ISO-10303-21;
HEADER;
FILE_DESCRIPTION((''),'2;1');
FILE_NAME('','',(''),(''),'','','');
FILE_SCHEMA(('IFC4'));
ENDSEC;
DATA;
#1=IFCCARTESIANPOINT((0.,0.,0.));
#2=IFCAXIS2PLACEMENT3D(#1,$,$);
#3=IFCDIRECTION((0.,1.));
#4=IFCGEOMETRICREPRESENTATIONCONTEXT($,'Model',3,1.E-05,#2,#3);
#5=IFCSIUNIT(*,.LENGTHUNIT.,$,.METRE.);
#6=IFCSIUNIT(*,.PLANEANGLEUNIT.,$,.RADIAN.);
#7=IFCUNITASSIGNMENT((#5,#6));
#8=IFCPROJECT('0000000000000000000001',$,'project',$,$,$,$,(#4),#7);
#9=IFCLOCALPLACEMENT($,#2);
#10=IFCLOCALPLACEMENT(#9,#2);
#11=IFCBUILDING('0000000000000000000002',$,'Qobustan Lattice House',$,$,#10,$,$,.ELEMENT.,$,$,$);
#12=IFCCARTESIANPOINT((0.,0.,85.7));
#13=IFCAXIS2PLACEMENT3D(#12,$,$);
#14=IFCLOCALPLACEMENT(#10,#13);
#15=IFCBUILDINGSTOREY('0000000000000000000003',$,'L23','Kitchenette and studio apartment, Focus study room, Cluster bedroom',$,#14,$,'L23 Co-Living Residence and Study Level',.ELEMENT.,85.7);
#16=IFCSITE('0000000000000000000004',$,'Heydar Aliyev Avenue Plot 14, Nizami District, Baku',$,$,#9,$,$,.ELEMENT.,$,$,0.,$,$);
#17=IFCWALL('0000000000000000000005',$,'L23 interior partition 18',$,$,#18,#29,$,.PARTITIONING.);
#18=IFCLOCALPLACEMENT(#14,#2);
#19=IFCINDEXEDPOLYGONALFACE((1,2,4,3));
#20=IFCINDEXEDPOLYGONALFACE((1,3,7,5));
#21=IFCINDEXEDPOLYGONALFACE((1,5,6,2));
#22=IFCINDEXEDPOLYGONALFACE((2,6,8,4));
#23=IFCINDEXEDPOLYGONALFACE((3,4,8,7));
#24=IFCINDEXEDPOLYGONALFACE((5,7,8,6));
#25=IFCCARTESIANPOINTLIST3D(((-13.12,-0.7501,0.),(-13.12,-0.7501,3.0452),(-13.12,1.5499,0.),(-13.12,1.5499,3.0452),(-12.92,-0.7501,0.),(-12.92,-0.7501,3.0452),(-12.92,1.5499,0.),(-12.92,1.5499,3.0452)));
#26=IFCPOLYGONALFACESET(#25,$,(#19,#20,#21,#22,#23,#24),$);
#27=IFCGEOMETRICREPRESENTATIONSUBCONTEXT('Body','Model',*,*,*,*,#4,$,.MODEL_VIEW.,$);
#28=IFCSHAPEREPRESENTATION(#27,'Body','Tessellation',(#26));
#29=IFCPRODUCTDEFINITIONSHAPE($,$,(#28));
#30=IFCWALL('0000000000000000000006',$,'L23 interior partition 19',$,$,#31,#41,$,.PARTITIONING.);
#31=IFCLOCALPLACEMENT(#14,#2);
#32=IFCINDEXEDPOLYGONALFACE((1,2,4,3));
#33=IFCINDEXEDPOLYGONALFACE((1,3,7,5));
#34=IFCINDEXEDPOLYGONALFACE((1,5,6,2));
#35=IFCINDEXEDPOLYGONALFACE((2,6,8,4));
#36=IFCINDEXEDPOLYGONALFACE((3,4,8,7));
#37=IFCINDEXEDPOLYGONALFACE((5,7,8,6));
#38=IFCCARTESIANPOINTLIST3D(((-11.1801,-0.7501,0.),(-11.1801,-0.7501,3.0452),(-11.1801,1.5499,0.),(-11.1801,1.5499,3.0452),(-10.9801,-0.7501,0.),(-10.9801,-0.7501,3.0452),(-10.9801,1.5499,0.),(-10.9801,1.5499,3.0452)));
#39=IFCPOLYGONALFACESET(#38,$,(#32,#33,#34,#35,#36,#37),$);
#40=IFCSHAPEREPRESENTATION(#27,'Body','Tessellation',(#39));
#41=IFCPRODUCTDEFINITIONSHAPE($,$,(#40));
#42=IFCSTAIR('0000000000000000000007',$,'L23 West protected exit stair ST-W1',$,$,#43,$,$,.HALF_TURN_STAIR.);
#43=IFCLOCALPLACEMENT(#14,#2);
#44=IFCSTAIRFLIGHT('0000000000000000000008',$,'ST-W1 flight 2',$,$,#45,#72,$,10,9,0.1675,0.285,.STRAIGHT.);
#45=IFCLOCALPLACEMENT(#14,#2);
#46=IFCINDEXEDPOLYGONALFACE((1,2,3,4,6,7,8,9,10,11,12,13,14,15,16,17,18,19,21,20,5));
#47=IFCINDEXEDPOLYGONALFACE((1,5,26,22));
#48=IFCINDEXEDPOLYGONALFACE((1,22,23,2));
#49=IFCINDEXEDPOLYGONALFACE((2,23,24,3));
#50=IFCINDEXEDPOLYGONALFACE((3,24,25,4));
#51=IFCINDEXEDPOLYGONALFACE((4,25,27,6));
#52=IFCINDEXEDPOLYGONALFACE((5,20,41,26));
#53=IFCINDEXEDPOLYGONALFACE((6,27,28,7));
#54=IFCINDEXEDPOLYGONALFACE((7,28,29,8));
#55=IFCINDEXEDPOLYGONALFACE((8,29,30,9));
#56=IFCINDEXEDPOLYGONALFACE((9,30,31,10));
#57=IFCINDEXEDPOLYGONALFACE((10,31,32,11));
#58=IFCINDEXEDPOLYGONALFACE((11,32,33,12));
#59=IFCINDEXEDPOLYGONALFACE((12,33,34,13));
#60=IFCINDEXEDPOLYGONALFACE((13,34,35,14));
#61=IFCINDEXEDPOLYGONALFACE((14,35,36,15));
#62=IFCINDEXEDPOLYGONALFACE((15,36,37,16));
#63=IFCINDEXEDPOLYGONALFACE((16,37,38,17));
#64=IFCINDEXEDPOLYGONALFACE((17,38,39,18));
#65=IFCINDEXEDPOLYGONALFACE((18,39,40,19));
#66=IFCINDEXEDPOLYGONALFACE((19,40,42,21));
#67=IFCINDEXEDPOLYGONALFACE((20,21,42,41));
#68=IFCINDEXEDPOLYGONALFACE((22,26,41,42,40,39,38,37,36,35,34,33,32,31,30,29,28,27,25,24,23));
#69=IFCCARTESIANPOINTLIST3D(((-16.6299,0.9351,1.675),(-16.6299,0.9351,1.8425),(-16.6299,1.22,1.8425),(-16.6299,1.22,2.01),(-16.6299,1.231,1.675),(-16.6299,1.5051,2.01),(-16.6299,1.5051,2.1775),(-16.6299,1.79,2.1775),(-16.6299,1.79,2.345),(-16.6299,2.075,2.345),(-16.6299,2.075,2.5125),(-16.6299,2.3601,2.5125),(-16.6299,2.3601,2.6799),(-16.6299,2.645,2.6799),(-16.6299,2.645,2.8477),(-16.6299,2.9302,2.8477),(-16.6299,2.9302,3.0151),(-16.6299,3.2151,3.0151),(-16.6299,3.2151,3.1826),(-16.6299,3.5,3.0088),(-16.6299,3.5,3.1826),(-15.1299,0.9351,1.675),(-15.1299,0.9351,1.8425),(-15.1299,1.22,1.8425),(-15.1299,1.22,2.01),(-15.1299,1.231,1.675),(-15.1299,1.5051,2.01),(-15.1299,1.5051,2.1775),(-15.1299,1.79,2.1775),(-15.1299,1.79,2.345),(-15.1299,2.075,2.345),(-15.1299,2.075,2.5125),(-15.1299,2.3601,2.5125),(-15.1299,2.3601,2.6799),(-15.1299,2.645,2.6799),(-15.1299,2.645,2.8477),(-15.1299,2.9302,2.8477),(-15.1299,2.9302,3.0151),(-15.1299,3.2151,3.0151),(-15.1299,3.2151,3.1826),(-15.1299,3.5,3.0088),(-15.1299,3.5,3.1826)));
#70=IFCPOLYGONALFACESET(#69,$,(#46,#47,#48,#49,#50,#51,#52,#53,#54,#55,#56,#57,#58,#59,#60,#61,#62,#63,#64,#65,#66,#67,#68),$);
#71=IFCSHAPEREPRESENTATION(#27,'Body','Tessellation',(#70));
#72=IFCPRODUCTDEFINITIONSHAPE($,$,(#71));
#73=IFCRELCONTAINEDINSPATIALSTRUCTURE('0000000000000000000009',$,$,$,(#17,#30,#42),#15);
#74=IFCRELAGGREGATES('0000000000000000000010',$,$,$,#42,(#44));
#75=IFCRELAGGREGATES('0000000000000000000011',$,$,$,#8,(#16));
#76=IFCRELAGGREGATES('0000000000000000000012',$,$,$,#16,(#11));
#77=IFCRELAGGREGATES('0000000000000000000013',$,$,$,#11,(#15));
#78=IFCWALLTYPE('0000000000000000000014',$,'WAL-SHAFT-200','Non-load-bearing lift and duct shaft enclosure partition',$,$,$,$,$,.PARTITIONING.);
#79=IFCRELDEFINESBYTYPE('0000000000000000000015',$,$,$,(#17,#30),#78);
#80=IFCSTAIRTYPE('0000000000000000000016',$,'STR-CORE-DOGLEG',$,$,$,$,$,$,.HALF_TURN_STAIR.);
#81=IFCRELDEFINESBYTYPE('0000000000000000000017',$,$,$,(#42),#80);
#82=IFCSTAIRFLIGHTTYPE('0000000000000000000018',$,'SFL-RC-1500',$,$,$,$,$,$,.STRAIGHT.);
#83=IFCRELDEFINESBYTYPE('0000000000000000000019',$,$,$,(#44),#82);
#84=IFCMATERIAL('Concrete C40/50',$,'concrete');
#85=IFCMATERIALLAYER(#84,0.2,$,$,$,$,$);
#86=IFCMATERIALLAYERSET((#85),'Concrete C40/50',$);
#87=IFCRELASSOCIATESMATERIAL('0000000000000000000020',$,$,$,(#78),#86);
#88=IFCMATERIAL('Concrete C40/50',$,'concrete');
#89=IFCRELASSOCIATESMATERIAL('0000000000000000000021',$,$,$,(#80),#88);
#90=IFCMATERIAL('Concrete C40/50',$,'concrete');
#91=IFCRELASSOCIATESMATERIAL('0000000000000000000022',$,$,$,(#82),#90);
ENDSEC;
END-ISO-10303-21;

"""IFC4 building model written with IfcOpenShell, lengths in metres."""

from ifc_helpers import new_model, si_unit, direction, frame, frame_2d, origin, place, context, subcontext, project, spatial, polyline, rectangle, outline, extrude, material, layer, layer_set, type_object, element, aggregate, save


model = new_model("IFC4")

# Units and contexts
model_context = context("Model", 3, precision=1e-05, world=origin(), true_north=direction((0.0, 1.0)))
body_context = subcontext(model_context, "Body", "Model", "MODEL_VIEW")
ifc_project = project(units=[si_unit("LENGTHUNIT", "METRE"), si_unit("PLANEANGLEUNIT", "RADIAN")], contexts=[model_context])

# Site, building, storey
site_placement = place(None, origin())
site = spatial("IfcSite", under=ifc_project, at=site_placement, Name="Heydar Aliyev Avenue Plot 14, Nizami District, Baku", CompositionType="ELEMENT", RefElevation=0.0)
building_placement = place(site_placement, origin())
building = spatial("IfcBuilding", under=site, at=building_placement, Name="Qobustan Lattice House", CompositionType="ELEMENT")
storey_placement = place(building_placement, frame((0.0, 0.0, 85.7)))
storey = spatial("IfcBuildingStorey", under=building, at=storey_placement, Name="L23", Description="Kitchenette and studio apartment, Focus study room, Cluster bedroom", LongName="L23 Co-Living Residence and Study Level", CompositionType="ELEMENT", Elevation=85.7)

# Shared definitions
ifc_material_1 = material(Name="Concrete C40/50", Category="concrete")
ifc_layer_1 = layer(ifc_material_1, 0.2)
ifc_layer_set_1 = layer_set([ifc_layer_1], Name="Concrete C40/50")
wall_type_1 = type_object("IfcWallType", Name="WAL-SHAFT-200", Description="Non-load-bearing lift and duct shaft enclosure partition", PredefinedType="PARTITIONING", material=ifc_layer_set_1)

# Walls
for number, where, z_axis, x_axis, name in (
    (1, (-13.02, -0.75, 0.0), (0.0, 0.0, 1.0), (0.0, 1.0, 0.0), "L23 interior partition 18"),
    (2, (-11.0801, -0.75, 0.0), (0.0, 0.0, 1.0), (0.0, 1.0, 0.0), "L23 interior partition 19"),
):
    element("IfcWall", number, at=place(storey_placement, frame(where, z_axis=z_axis, x_axis=x_axis)), inside=storey, type_object=wall_type_1, Name=name, PredefinedType="PARTITIONING", context=body_context, shape_type="SweptSolid", body=[
        extrude(rectangle(XDim=2.3, YDim=0.2, at=frame_2d((1.1499, 0.0))), origin(), (0.0, 0.0, 1.0), 3.0452),
    ])

# Stair, stair flight
ifc_material_2 = material(Name="Concrete C40/50", Category="concrete")
stair_type = type_object("IfcStairType", Name="STR-CORE-DOGLEG", PredefinedType="HALF_TURN_STAIR", material=ifc_material_2)
stair_placement = place(storey_placement, origin())
stair = element("IfcStair", 3, at=stair_placement, inside=storey, type_object=stair_type, Name="L23 West protected exit stair ST-W1", PredefinedType="HALF_TURN_STAIR")
ifc_material_3 = material(Name="Concrete C40/50", Category="concrete")
stair_flight_type = type_object("IfcStairFlightType", Name="SFL-RC-1500", PredefinedType="STRAIGHT", material=ifc_material_3)
stair_flight_placement = place(storey_placement, frame((-15.8799, 0.9351, 1.675), z_axis=(0.0, 0.0, 1.0), x_axis=(0.0, 1.0, 0.0)))
stair_flight = element("IfcStairFlight", 4, at=stair_flight_placement, type_object=stair_flight_type, Name="ST-W1 flight 2", NumberOfRisers=10, NumberOfTreads=9, PredefinedType="STRAIGHT", RiserHeight=0.1675, TreadLength=0.285, context=body_context, shape_type="SweptSolid", body=[
    extrude(outline(polyline([(0.0, 0.0), (0.0, 0.1675), (0.2849, 0.1675), (0.2849, 0.335), (0.5701, 0.335), (0.5701, 0.5024), (0.855, 0.5024), (0.855, 0.6699), (1.1399, 0.6699), (1.1399, 0.8374), (1.425, 0.8374), (1.425, 1.0049), (1.71, 1.0049), (1.71, 1.1726), (1.9951, 1.1726), (1.9951, 1.3401), (2.28, 1.3401), (2.28, 1.5076), (2.5649, 1.5076), (2.5649, 1.675), (2.5649, 1.3337), (0.2959, 0.0), (0.0, 0.0)])), frame((0.0, 0.75, 0.0), z_axis=(0.0, -1.0, 0.0), x_axis=(1.0, 0.0, 0.0)), (0.0, 0.0, 1.0), 1.5),
])
aggregate(stair, [stair_flight])

save(model, "model.ifc")
